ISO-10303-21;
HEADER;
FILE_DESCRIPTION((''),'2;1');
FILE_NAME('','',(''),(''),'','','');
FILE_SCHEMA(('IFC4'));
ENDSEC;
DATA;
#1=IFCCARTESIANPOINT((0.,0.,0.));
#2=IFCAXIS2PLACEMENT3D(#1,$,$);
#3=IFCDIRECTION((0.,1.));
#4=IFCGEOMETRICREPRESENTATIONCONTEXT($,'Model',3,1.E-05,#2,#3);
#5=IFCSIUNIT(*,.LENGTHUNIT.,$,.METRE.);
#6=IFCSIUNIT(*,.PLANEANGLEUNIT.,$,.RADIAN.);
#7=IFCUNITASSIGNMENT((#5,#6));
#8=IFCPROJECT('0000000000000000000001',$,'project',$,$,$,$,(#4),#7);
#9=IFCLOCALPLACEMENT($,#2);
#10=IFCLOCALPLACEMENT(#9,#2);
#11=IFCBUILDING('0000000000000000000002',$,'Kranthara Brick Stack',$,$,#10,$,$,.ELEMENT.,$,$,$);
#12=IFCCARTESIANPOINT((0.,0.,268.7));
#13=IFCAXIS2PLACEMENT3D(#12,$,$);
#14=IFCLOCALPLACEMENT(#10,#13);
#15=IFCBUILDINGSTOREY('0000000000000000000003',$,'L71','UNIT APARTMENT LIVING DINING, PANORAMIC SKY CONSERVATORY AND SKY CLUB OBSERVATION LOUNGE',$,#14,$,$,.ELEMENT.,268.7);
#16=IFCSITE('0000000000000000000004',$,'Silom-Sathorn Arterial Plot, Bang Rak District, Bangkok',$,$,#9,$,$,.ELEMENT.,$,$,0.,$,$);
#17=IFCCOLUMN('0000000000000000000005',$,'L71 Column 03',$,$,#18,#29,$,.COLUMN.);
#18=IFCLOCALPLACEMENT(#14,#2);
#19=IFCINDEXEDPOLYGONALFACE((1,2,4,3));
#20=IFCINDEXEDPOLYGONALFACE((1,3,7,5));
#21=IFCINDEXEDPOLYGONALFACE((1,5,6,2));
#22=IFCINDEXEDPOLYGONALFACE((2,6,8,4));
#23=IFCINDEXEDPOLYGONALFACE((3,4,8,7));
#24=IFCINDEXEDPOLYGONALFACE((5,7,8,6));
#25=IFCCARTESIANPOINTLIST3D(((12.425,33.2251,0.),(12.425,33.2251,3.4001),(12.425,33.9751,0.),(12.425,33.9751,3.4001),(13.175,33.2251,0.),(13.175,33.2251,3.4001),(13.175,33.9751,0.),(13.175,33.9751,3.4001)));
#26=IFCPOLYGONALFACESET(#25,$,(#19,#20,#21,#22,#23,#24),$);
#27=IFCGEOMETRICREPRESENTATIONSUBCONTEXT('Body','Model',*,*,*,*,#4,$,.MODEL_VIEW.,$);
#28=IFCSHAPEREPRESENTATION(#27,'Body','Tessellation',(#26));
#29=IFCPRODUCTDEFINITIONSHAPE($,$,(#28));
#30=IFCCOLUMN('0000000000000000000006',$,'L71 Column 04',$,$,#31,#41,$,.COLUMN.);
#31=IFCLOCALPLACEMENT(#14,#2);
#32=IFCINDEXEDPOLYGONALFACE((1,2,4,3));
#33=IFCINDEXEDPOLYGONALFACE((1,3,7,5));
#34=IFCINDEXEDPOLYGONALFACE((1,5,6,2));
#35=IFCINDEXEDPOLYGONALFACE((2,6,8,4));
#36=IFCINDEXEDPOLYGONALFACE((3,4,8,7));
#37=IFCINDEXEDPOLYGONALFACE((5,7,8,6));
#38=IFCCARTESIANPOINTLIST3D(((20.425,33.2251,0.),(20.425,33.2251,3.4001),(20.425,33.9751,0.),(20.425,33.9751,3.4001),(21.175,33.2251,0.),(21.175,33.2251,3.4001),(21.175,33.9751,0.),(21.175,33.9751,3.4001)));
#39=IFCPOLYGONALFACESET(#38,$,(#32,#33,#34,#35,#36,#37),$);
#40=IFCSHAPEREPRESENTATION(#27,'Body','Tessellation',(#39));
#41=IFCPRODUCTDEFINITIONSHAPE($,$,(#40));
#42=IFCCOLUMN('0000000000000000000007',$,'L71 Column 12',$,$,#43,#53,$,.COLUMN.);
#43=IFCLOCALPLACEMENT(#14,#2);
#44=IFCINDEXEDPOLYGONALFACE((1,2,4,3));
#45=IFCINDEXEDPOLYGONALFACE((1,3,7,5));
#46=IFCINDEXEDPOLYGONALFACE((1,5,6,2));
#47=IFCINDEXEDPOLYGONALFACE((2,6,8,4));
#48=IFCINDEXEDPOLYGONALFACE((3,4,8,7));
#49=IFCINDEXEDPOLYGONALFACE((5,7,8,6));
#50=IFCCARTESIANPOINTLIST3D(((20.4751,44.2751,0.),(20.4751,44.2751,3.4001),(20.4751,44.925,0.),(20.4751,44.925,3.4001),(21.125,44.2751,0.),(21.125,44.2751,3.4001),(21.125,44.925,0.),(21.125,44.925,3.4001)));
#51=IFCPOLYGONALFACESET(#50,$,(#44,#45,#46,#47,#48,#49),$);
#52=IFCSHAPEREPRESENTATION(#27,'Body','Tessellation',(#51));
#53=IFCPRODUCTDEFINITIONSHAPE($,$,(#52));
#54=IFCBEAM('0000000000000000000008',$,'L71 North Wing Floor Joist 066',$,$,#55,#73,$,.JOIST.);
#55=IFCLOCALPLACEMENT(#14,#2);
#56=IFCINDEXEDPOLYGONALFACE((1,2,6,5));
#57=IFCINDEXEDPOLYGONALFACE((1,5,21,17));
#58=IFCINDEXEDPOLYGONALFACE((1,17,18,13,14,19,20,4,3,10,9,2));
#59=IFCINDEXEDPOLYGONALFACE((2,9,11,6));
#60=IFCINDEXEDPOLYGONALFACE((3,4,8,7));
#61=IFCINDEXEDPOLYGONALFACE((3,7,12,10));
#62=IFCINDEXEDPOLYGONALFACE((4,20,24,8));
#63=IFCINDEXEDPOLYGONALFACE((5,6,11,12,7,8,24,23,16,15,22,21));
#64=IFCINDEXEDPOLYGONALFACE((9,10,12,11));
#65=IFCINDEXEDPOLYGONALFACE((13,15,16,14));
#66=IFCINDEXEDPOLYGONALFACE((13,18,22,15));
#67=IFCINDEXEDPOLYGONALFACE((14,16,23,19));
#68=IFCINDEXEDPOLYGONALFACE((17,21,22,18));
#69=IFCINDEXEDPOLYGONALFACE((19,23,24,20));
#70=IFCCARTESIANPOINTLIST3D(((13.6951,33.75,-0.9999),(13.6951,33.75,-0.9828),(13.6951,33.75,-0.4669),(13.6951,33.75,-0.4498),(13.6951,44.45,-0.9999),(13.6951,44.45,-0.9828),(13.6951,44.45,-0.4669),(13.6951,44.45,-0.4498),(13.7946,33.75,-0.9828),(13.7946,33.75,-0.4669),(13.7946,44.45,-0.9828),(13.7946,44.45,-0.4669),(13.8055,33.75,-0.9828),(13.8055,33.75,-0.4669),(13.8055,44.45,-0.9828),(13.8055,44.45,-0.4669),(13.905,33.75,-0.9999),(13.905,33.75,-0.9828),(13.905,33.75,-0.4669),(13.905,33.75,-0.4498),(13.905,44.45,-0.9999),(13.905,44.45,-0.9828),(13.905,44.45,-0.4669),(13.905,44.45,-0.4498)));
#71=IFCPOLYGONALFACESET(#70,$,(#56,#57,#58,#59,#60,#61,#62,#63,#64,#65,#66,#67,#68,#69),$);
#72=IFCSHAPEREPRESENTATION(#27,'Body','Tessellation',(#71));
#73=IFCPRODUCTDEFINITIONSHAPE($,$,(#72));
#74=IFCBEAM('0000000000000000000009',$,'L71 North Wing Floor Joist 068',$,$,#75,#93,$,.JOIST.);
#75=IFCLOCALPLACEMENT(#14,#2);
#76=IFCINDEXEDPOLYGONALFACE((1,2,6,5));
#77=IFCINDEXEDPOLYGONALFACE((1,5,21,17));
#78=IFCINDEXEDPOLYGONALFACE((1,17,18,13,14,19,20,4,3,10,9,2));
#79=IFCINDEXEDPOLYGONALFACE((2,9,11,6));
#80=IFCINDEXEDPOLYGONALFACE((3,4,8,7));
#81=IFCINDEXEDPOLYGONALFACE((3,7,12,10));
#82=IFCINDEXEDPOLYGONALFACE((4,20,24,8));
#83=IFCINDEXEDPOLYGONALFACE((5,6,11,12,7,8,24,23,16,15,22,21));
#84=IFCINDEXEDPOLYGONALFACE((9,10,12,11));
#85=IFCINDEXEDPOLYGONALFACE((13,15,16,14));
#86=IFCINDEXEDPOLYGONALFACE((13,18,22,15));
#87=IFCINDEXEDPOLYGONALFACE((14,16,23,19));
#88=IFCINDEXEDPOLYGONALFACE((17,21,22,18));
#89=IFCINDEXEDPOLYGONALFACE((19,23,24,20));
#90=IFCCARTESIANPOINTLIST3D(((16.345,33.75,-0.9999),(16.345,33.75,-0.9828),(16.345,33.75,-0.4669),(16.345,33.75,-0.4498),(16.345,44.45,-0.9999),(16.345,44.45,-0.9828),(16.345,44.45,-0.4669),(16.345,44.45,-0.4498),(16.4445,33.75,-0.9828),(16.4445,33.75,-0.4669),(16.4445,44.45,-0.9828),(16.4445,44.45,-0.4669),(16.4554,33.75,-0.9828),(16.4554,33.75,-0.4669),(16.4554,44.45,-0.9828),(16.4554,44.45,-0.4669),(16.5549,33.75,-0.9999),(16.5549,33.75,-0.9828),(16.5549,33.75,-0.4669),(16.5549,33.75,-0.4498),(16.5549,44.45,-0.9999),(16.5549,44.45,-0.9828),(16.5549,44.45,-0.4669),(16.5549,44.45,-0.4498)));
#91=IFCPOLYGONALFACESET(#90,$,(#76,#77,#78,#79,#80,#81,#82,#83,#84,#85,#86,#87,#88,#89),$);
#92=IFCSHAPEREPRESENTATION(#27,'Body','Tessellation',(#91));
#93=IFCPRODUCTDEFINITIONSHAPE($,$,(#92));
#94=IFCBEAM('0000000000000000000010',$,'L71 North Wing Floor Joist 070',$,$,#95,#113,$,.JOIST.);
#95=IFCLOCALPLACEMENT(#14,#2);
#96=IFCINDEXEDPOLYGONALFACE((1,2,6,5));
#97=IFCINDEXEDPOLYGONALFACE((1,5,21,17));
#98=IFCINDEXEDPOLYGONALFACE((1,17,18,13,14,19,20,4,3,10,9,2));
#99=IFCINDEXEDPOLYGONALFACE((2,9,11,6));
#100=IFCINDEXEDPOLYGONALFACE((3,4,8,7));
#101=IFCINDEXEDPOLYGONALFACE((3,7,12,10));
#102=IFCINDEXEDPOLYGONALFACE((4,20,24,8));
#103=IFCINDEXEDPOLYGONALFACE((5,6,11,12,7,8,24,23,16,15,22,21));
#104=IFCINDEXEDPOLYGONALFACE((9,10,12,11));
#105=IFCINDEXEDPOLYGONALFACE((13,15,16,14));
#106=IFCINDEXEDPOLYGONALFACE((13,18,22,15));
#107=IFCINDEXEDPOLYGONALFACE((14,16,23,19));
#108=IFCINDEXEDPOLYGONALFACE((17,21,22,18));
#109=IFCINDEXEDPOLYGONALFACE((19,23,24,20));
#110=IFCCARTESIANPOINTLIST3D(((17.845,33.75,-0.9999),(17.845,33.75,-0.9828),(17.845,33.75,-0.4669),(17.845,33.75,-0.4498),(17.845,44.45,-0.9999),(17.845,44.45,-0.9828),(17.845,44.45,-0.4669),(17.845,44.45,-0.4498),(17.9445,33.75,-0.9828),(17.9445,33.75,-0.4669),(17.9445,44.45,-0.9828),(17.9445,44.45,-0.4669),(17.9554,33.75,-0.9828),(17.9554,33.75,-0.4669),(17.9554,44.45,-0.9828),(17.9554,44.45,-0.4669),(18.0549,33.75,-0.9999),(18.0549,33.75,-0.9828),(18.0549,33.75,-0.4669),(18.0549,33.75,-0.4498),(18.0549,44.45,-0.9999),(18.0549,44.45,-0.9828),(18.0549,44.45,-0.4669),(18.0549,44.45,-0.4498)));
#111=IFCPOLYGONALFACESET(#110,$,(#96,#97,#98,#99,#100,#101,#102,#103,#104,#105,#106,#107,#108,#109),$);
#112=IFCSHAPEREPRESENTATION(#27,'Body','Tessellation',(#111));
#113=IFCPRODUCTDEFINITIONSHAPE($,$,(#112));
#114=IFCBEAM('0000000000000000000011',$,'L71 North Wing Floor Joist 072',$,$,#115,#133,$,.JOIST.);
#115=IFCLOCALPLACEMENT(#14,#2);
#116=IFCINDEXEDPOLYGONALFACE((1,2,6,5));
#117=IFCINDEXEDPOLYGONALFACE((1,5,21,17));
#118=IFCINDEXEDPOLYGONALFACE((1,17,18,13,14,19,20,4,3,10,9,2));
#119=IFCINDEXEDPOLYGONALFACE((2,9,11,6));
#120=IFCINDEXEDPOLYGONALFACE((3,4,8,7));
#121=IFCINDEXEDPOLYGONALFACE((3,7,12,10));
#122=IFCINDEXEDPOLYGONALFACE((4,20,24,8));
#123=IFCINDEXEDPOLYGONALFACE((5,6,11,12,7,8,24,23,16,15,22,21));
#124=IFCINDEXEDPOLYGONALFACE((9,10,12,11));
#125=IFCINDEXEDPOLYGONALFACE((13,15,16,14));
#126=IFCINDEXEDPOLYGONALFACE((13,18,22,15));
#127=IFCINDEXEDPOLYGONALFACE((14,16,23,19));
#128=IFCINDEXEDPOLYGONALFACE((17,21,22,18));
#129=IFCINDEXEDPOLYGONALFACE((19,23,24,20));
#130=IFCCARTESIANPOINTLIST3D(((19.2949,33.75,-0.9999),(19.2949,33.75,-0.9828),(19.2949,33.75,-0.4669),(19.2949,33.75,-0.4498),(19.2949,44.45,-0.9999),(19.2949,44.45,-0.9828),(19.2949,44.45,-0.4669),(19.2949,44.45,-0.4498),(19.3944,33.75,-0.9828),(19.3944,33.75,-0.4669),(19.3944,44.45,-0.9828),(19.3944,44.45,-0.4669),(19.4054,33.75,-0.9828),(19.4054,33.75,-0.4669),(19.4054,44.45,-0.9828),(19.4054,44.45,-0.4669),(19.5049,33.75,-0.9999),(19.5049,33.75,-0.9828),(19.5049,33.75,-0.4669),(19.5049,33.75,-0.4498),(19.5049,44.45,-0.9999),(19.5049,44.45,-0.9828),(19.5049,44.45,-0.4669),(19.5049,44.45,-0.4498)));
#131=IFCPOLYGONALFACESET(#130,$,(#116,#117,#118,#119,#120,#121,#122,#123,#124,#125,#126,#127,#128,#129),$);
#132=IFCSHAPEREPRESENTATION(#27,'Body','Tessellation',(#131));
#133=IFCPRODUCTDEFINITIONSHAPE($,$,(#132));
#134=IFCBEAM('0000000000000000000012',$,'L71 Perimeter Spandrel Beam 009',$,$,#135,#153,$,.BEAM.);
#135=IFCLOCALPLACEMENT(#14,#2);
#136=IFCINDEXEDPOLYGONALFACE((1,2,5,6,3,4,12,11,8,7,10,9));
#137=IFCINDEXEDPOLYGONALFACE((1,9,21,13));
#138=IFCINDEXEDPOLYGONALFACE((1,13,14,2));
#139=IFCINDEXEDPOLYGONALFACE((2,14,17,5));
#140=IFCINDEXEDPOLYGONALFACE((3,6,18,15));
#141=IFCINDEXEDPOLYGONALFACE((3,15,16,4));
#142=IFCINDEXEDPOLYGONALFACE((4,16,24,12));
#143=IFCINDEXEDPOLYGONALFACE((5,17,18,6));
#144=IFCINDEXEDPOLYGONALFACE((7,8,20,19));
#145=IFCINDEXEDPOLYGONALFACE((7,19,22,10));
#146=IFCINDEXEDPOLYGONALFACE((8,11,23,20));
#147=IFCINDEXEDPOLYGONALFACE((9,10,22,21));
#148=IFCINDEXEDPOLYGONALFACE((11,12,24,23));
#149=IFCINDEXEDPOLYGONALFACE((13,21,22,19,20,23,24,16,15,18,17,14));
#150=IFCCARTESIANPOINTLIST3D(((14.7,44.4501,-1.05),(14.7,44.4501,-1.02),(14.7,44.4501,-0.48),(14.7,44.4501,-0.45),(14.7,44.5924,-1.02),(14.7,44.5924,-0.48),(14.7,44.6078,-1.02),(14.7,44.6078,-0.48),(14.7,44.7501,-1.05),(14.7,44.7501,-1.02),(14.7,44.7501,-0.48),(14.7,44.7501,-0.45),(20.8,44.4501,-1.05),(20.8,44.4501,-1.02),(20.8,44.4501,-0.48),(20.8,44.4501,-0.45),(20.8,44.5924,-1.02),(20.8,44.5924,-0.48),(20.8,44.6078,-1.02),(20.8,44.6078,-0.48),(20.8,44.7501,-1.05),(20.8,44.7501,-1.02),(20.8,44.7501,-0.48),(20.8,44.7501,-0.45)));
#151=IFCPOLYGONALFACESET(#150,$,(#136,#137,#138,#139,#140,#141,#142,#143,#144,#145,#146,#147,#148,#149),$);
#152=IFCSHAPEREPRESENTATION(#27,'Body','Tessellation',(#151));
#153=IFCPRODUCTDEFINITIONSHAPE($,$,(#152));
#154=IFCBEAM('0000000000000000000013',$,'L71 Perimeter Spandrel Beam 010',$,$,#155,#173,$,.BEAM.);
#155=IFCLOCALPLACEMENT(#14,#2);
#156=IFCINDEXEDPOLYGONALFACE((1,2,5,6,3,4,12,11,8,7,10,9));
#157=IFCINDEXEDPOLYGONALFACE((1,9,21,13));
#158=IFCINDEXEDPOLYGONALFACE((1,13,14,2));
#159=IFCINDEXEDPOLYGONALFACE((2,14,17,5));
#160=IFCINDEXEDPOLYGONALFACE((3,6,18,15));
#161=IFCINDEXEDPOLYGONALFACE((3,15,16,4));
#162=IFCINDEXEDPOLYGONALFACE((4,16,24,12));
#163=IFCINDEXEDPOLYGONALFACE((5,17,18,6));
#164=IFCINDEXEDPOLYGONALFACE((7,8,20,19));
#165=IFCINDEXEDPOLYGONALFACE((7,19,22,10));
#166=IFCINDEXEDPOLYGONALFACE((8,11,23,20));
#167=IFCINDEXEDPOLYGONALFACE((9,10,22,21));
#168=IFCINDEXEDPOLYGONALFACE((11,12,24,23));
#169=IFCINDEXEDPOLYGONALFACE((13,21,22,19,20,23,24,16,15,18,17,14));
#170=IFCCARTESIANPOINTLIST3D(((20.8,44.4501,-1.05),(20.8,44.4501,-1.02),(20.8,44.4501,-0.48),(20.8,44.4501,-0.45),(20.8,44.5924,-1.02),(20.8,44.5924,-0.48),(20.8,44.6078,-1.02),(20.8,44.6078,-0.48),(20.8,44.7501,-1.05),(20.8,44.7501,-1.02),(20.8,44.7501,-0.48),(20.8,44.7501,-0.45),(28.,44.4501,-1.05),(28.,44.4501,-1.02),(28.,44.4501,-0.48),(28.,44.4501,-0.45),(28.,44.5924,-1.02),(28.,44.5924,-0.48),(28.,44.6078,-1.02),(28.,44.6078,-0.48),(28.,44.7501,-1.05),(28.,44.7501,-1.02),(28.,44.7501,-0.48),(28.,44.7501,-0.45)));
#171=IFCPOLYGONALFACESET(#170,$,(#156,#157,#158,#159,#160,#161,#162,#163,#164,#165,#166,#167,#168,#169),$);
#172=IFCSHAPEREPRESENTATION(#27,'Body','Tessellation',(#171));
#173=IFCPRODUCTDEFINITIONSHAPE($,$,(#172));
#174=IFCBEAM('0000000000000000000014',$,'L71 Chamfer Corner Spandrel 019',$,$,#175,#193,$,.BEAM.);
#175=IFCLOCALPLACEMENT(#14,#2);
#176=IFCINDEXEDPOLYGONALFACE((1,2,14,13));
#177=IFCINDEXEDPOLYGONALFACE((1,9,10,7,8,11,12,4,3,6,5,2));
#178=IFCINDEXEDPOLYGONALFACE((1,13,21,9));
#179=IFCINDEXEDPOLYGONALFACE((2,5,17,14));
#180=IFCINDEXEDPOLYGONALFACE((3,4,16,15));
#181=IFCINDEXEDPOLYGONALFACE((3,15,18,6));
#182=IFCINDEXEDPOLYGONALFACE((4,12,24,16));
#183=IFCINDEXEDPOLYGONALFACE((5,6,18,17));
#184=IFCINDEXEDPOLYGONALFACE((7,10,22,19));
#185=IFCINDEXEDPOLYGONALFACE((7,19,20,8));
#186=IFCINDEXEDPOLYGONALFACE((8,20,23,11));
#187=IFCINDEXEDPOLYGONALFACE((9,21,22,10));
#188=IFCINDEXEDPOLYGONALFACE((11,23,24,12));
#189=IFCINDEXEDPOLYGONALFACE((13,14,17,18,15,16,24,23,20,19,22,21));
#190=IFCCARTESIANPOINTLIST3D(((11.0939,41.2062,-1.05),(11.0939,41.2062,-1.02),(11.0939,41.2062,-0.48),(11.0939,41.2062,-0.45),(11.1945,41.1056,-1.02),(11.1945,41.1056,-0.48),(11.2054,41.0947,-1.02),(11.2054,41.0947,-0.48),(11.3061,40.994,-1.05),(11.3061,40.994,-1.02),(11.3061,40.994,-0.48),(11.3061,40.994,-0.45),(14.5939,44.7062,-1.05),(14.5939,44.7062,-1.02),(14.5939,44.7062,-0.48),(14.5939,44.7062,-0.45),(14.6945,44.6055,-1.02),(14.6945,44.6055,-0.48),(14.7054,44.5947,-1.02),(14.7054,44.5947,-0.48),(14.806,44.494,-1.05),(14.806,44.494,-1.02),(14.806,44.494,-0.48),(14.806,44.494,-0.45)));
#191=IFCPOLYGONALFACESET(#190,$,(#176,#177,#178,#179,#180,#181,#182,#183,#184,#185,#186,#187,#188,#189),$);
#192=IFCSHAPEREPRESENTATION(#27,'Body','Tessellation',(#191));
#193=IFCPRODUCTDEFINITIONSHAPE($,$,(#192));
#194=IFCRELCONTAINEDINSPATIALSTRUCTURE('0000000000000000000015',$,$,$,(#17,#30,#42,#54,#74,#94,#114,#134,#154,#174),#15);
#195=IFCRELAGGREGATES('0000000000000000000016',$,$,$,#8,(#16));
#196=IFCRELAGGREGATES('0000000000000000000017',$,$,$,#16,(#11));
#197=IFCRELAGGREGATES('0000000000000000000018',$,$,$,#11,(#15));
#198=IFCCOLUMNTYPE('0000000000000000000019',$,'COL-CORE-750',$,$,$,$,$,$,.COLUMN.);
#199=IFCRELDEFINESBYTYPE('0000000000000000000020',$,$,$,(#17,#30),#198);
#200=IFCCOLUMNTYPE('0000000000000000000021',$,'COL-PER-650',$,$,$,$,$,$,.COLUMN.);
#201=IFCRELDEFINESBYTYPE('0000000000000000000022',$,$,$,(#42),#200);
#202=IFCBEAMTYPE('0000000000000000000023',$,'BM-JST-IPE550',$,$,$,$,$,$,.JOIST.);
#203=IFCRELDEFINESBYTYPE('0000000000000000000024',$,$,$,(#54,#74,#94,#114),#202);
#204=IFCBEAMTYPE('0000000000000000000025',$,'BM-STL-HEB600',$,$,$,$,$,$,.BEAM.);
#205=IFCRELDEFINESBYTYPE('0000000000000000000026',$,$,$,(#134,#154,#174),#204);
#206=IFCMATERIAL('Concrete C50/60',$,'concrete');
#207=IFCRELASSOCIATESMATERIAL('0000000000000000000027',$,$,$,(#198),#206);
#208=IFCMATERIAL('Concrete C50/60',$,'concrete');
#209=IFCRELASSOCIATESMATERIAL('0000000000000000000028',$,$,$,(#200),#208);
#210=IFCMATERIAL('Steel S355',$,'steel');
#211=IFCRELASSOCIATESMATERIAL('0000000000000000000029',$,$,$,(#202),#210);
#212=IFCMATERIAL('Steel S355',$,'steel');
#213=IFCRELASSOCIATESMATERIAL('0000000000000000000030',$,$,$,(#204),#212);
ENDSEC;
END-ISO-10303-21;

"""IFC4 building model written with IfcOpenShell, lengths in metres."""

from ifc_helpers import new_model, si_unit, direction, frame, origin, origin_2d, place, context, subcontext, project, spatial, rectangle, i_section, extrude, material, material_profile, profile_set, type_object, element, save


model = new_model("IFC4")

# Units and contexts
model_context = context("Model", 3, precision=1e-05, world=origin(), true_north=direction((0.0, 1.0)))
body_context = subcontext(model_context, "Body", "Model", "MODEL_VIEW")
ifc_project = project(units=[si_unit("LENGTHUNIT", "METRE"), si_unit("PLANEANGLEUNIT", "RADIAN")], contexts=[model_context])

# Site, building, storey
site_placement = place(None, origin())
site = spatial("IfcSite", under=ifc_project, at=site_placement, Name="Silom-Sathorn Arterial Plot, Bang Rak District, Bangkok", CompositionType="ELEMENT", RefElevation=0.0)
building_placement = place(site_placement, origin())
building = spatial("IfcBuilding", under=site, at=building_placement, Name="Kranthara Brick Stack", CompositionType="ELEMENT")
storey_placement = place(building_placement, frame((0.0, 0.0, 268.7)))
storey = spatial("IfcBuildingStorey", under=building, at=storey_placement, Name="L71", Description="UNIT APARTMENT LIVING DINING, PANORAMIC SKY CONSERVATORY AND SKY CLUB OBSERVATION LOUNGE", CompositionType="ELEMENT", Elevation=268.7)

# Columns
ifc_material_1 = material(Name="Concrete C50/60", Category="concrete")
ifc_material_profile_1 = material_profile(ifc_material_1, rectangle(XDim=0.75, YDim=0.75, at=origin_2d()), Name="RC 750x750")
ifc_profile_set_1 = profile_set([ifc_material_profile_1], Name="Concrete C50/60")
column_type_1 = type_object("IfcColumnType", Name="COL-CORE-750", PredefinedType="COLUMN", material=ifc_profile_set_1)
for number, where, z_axis, x_axis, name in (
    (1, (12.8, 33.6001, 0.0), (0.0, 0.0, 1.0), (1.0, 0.0, 0.0), "L71 Column 03"),
    (2, (20.8, 33.6001, 0.0), (0.0, 0.0, 1.0), (1.0, 0.0, 0.0), "L71 Column 04"),
):
    element("IfcColumn", number, at=place(storey_placement, frame(where, z_axis=z_axis, x_axis=x_axis)), inside=storey, type_object=column_type_1, Name=name, PredefinedType="COLUMN", context=body_context, shape_type="SweptSolid", body=[
        extrude(rectangle(XDim=0.75, YDim=0.75, at=origin_2d()), origin(), (0.0, 0.0, 1.0), 3.4001),
    ])
ifc_material_2 = material(Name="Concrete C50/60", Category="concrete")
ifc_material_profile_2 = material_profile(ifc_material_2, rectangle(XDim=0.6499, YDim=0.6499, at=origin_2d()), Name="RC 650x650")
ifc_profile_set_2 = profile_set([ifc_material_profile_2], Name="Concrete C50/60")
column_type_2 = type_object("IfcColumnType", Name="COL-PER-650", PredefinedType="COLUMN", material=ifc_profile_set_2)
column_placement = place(storey_placement, frame((20.8, 44.6001, 0.0), z_axis=(0.0, 0.0, 1.0), x_axis=(1.0, 0.0, 0.0)))
element("IfcColumn", 3, at=column_placement, inside=storey, type_object=column_type_2, Name="L71 Column 12", PredefinedType="COLUMN", context=body_context, shape_type="SweptSolid", body=[
    extrude(rectangle(XDim=0.6499, YDim=0.6499, at=origin_2d()), origin(), (0.0, 0.0, 1.0), 3.4001),
])

# Beams
ifc_material_3 = material(Name="Steel S355", Category="steel")
ifc_material_profile_3 = material_profile(ifc_material_3, i_section(OverallWidth=0.21, OverallDepth=0.55, WebThickness=0.011, FlangeThickness=0.0171, at=origin_2d()), Name="IPE 550")
ifc_profile_set_3 = profile_set([ifc_material_profile_3], Name="Steel S355")
beam_type_1 = type_object("IfcBeamType", Name="BM-JST-IPE550", PredefinedType="JOIST", material=ifc_profile_set_3)
for number, where, z_axis, x_axis, name in (
    (4, (13.8, 33.75, -0.7249), (0.0, 1.0, 0.0), (-1.0, 0.0, 0.0), "L71 North Wing Floor Joist 066"),
    (5, (16.45, 33.75, -0.7249), (0.0, 1.0, 0.0), (-1.0, 0.0, 0.0), "L71 North Wing Floor Joist 068"),
    (6, (17.95, 33.75, -0.7249), (0.0, 1.0, 0.0), (-1.0, 0.0, 0.0), "L71 North Wing Floor Joist 070"),
    (7, (19.3999, 33.75, -0.7249), (0.0, 1.0, 0.0), (-1.0, 0.0, 0.0), "L71 North Wing Floor Joist 072"),
):
    element("IfcBeam", number, at=place(storey_placement, frame(where, z_axis=z_axis, x_axis=x_axis)), inside=storey, type_object=beam_type_1, Name=name, PredefinedType="JOIST", context=body_context, shape_type="SweptSolid", body=[
        extrude(i_section(OverallWidth=0.21, OverallDepth=0.55, WebThickness=0.011, FlangeThickness=0.0171, at=origin_2d()), origin(), (0.0, 0.0, 1.0), 10.7),
    ])
ifc_material_4 = material(Name="Steel S355", Category="steel")
ifc_material_profile_4 = material_profile(ifc_material_4, i_section(OverallWidth=0.3, OverallDepth=0.6001, WebThickness=0.0154, FlangeThickness=0.03, at=origin_2d()), Name="HEB 600")
ifc_profile_set_4 = profile_set([ifc_material_profile_4], Name="Steel S355")
beam_type_2 = type_object("IfcBeamType", Name="BM-STL-HEB600", PredefinedType="BEAM", material=ifc_profile_set_4)
beam_1_placement = place(storey_placement, frame((14.7, 44.6001, -0.75), z_axis=(1.0, 0.0, 0.0), x_axis=(0.0, 1.0, 0.0)))
element("IfcBeam", 8, at=beam_1_placement, inside=storey, type_object=beam_type_2, Name="L71 Perimeter Spandrel Beam 009", PredefinedType="BEAM", context=body_context, shape_type="SweptSolid", body=[
    extrude(i_section(OverallWidth=0.3, OverallDepth=0.6001, WebThickness=0.0154, FlangeThickness=0.03, at=origin_2d()), origin(), (0.0, 0.0, 1.0), 6.1001),
])
beam_2_placement = place(storey_placement, frame((20.8, 44.6001, -0.75), z_axis=(1.0, 0.0, 0.0), x_axis=(0.0, 1.0, 0.0)))
element("IfcBeam", 9, at=beam_2_placement, inside=storey, type_object=beam_type_2, Name="L71 Perimeter Spandrel Beam 010", PredefinedType="BEAM", context=body_context, shape_type="SweptSolid", body=[
    extrude(i_section(OverallWidth=0.3, OverallDepth=0.6001, WebThickness=0.0154, FlangeThickness=0.03, at=origin_2d()), origin(), (0.0, 0.0, 1.0), 7.2),
])
beam_3_placement = place(storey_placement, frame((14.7, 44.6001, -0.75), z_axis=(-0.707107, -0.707107, 0.0), x_axis=(0.707107, -0.707107, 0.0)))
element("IfcBeam", 10, at=beam_3_placement, inside=storey, type_object=beam_type_2, Name="L71 Chamfer Corner Spandrel 019", PredefinedType="BEAM", context=body_context, shape_type="SweptSolid", body=[
    extrude(i_section(OverallWidth=0.3, OverallDepth=0.6001, WebThickness=0.0154, FlangeThickness=0.03, at=origin_2d()), origin(), (0.0, 0.0, 1.0), 4.9497),
])

save(model, "model.ifc")
